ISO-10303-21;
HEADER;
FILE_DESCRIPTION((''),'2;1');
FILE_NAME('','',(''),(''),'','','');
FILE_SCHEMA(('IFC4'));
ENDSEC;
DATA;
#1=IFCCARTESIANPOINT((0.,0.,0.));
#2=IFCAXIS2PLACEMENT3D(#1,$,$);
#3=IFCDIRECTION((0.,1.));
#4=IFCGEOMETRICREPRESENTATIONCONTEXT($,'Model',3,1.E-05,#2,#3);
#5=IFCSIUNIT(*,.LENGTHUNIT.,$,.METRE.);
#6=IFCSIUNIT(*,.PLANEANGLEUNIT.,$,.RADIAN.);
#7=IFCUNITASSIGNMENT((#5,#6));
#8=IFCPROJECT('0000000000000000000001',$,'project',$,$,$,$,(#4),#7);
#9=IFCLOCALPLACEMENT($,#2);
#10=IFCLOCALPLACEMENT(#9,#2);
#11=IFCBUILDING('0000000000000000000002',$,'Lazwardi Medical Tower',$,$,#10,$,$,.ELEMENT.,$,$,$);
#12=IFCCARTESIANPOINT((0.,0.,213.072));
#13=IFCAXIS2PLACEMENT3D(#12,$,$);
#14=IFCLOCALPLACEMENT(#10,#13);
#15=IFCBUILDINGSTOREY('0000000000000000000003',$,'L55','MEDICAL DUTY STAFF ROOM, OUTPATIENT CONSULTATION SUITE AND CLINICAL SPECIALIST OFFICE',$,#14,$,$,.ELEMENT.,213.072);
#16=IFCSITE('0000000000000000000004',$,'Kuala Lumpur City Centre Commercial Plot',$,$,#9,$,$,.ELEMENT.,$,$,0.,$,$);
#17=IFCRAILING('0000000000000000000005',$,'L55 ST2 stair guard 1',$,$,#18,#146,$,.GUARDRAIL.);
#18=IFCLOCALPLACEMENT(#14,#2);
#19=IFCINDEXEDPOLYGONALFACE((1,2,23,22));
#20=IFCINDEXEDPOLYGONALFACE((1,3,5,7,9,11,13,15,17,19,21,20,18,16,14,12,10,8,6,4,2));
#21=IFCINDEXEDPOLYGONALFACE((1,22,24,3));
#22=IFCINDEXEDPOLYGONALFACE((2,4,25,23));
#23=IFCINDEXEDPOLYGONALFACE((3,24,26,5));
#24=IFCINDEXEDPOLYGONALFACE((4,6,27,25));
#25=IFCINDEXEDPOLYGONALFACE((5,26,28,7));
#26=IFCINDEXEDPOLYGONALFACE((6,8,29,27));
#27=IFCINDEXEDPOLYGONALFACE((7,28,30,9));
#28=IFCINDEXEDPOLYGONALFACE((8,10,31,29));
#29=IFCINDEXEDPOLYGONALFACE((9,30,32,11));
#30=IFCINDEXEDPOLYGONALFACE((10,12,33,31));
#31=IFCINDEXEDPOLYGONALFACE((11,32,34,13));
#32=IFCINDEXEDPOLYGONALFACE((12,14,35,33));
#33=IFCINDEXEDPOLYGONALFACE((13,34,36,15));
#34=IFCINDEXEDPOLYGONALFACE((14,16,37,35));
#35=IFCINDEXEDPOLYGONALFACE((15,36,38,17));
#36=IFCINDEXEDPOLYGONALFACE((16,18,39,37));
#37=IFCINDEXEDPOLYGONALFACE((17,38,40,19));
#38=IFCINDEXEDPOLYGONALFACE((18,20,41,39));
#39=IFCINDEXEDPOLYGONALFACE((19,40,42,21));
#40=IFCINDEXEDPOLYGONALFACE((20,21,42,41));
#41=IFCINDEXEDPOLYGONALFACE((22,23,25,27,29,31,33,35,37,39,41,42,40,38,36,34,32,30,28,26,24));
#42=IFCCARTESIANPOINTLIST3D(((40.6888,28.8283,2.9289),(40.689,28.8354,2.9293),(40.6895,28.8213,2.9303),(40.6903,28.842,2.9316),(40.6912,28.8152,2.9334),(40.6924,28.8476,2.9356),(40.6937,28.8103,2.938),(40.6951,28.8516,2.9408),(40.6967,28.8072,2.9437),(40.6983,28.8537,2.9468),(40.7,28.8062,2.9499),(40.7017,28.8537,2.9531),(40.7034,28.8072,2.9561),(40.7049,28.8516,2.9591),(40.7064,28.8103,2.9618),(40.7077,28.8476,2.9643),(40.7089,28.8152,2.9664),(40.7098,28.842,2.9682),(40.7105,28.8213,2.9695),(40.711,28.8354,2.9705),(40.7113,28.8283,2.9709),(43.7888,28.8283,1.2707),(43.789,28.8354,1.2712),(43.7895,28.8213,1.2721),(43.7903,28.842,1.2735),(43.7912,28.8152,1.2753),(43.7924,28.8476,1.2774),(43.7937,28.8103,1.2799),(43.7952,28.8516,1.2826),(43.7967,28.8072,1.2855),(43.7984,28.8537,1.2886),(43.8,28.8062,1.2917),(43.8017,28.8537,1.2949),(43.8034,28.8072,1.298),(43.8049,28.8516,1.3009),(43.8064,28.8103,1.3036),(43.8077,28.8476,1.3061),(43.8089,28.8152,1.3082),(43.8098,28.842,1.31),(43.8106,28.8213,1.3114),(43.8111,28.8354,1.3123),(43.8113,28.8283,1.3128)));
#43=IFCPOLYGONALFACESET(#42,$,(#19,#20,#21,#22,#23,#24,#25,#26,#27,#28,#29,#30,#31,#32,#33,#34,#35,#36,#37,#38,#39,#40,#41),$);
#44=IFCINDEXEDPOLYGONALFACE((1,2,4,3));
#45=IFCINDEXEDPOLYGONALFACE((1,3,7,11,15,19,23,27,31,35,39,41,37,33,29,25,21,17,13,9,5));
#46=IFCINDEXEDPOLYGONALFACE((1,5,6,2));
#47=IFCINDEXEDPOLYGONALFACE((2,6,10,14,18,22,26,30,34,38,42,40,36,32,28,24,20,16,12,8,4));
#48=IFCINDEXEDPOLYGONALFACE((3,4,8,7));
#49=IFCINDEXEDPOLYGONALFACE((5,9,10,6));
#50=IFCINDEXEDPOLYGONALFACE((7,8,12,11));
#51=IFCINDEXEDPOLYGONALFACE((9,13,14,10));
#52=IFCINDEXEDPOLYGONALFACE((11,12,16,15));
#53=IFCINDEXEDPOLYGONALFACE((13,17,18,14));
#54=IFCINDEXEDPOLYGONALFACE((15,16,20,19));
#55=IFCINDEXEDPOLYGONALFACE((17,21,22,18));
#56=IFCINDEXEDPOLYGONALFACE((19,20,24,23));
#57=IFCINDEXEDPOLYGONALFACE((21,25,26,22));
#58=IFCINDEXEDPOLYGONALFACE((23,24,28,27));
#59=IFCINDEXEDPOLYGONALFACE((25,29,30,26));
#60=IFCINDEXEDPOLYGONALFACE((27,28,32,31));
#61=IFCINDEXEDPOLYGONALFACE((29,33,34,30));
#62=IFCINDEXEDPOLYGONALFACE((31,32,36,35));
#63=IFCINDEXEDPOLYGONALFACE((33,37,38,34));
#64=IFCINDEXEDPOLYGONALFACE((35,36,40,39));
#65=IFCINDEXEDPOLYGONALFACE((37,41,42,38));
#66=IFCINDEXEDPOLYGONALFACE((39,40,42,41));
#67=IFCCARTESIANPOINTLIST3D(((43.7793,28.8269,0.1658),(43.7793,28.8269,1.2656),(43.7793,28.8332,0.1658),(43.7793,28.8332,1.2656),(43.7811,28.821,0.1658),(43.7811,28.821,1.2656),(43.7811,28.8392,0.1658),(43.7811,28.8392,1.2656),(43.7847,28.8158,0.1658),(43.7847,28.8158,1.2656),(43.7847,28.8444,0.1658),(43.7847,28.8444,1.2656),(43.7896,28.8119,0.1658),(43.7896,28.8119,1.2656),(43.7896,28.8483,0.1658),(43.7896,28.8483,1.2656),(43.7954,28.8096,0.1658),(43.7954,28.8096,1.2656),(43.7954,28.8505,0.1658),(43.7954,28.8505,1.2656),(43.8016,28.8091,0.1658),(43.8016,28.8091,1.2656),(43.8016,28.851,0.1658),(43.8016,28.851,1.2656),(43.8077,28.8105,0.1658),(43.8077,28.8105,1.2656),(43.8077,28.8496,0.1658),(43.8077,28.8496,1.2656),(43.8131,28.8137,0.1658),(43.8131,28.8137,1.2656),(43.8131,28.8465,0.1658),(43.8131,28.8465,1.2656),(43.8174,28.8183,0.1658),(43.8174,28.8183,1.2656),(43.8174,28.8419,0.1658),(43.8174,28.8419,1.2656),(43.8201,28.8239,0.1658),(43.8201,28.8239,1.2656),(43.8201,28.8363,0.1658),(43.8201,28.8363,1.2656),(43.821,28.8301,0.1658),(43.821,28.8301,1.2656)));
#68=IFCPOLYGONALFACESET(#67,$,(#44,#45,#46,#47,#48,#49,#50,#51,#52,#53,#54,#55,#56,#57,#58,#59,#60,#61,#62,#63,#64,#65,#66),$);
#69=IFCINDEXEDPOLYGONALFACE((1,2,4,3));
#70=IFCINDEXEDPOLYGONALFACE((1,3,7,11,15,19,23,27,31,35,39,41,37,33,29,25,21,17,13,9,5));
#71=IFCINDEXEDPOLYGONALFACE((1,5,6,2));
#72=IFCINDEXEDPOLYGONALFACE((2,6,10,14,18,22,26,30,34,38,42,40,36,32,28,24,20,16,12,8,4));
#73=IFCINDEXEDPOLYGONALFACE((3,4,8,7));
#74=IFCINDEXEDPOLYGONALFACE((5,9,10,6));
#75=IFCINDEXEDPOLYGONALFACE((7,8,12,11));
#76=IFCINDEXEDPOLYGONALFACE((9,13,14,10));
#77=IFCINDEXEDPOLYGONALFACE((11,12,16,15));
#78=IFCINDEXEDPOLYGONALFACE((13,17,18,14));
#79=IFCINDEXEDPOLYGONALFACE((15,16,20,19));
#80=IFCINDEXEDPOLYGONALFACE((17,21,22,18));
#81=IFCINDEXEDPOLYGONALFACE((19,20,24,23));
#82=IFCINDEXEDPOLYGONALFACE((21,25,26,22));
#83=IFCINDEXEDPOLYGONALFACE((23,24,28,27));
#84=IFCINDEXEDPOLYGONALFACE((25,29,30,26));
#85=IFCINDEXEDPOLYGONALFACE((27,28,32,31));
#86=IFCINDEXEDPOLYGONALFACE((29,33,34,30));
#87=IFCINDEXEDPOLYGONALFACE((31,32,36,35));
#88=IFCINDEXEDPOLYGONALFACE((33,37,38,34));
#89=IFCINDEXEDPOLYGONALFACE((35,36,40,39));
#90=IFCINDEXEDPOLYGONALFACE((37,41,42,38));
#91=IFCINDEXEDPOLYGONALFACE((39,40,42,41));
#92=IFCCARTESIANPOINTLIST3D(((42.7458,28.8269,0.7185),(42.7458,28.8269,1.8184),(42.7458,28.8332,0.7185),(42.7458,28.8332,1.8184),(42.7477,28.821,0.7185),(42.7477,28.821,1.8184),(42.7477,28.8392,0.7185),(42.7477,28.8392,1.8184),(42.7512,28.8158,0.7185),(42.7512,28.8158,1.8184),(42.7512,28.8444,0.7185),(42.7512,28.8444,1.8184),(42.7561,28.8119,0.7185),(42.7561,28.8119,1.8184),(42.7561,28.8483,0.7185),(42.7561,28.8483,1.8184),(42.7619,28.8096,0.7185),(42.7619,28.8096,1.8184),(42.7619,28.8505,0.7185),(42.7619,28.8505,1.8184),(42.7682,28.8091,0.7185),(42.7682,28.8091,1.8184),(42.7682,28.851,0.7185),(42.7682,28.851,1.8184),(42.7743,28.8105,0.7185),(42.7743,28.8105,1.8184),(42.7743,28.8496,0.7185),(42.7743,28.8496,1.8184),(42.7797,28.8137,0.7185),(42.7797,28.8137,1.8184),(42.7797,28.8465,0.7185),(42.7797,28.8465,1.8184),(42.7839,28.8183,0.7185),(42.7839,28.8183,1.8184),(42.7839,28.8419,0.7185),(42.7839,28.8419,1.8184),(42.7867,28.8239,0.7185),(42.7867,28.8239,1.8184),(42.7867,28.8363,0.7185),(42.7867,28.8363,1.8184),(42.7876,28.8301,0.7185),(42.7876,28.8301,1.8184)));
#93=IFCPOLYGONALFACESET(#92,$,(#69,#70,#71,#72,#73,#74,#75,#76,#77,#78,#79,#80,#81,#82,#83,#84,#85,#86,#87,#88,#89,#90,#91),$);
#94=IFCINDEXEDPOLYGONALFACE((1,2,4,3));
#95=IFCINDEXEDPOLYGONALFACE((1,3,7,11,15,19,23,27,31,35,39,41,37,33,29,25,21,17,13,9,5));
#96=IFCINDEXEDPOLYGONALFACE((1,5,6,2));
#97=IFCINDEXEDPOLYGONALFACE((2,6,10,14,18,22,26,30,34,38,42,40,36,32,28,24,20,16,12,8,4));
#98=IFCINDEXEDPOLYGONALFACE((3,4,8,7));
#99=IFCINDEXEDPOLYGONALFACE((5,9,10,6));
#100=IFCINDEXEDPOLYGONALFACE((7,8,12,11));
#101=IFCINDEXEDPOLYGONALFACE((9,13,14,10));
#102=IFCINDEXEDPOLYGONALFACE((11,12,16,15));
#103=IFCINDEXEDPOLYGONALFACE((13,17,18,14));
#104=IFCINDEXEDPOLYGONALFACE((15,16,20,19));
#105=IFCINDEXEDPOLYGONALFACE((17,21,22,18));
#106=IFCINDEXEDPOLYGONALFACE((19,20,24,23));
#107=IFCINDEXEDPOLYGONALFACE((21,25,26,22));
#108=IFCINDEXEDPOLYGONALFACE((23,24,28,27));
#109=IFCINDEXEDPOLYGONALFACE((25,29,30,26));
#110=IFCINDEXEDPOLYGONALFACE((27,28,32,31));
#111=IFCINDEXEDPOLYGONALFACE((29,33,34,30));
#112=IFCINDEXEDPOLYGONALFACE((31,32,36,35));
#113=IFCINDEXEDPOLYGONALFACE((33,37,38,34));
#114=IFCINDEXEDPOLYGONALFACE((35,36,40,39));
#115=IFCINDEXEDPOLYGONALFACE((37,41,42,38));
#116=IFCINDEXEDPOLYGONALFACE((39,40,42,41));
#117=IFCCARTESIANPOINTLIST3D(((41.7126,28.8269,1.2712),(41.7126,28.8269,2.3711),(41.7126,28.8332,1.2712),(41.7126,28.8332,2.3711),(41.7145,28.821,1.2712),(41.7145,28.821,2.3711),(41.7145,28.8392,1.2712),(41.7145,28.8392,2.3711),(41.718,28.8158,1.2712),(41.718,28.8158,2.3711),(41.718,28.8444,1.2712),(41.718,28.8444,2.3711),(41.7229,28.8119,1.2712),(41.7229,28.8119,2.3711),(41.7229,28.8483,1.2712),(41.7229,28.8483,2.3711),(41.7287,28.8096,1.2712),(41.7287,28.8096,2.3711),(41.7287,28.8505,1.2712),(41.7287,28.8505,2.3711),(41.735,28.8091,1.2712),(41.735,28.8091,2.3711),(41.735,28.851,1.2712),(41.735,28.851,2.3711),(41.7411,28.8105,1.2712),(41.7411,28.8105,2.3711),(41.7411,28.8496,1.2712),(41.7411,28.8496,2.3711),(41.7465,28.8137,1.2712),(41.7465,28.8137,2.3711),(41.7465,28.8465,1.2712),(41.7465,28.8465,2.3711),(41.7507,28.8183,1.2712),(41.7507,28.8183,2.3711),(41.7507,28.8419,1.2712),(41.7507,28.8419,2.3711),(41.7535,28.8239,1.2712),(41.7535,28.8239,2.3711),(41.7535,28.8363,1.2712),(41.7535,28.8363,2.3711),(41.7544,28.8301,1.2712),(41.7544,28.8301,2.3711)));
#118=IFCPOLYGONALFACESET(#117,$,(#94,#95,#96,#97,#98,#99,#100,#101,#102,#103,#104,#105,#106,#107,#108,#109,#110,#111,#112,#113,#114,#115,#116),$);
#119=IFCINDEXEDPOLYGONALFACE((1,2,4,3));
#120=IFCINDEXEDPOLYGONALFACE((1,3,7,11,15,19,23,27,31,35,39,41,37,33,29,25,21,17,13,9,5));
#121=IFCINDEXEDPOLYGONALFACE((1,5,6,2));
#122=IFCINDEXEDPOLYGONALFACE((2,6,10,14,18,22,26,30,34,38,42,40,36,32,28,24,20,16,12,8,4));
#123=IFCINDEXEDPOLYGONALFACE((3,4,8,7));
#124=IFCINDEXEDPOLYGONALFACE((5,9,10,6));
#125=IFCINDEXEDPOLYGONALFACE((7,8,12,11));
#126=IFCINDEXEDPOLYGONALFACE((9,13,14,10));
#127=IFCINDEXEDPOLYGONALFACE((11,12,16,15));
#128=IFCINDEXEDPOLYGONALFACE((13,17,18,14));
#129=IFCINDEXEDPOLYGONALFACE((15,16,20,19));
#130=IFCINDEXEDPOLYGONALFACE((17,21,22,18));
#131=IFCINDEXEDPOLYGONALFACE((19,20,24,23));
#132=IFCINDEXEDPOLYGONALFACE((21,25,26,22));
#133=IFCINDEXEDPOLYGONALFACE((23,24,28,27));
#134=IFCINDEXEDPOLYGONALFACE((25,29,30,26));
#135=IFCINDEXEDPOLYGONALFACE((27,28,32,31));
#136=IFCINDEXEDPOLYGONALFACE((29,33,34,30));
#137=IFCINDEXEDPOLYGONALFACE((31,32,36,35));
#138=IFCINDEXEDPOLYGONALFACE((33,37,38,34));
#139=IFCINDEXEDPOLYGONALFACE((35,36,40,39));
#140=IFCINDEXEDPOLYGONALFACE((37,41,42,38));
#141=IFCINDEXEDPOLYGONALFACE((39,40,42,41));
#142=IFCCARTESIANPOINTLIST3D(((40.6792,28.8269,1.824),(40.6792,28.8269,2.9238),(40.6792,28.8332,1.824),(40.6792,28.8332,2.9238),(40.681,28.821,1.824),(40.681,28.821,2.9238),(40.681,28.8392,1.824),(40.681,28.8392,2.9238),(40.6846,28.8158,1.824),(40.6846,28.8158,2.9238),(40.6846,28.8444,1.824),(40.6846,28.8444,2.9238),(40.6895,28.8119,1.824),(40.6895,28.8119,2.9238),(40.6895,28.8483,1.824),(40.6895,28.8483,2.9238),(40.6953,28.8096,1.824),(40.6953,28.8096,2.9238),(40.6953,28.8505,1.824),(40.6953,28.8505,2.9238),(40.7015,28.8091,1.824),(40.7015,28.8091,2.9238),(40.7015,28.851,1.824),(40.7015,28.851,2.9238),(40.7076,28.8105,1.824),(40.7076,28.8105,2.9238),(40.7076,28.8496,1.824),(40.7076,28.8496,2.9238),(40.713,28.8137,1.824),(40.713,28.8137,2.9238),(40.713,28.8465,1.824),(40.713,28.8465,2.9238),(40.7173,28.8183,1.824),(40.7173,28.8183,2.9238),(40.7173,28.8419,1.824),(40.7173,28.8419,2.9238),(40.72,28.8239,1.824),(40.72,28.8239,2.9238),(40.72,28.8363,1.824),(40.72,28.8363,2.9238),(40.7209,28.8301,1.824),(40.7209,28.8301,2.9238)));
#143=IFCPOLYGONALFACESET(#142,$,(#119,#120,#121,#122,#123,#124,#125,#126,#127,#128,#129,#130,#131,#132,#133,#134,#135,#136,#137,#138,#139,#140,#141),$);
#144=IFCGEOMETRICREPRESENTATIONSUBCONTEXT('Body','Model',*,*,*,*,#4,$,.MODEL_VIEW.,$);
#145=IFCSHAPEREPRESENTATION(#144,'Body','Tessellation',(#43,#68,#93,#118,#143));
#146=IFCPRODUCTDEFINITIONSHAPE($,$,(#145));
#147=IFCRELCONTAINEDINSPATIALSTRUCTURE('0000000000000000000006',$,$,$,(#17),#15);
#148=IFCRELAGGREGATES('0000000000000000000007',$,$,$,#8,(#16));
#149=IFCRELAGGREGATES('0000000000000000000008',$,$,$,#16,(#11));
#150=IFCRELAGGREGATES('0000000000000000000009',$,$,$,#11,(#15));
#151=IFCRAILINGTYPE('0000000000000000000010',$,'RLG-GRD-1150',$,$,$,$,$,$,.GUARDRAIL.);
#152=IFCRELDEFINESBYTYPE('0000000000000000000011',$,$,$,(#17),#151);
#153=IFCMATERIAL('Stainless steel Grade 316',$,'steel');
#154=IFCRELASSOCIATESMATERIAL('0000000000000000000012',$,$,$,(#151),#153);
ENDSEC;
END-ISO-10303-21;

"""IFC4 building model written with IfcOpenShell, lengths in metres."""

from ifc_helpers import new_model, si_unit, direction, frame, origin, origin_2d, place, context, subcontext, project, spatial, circle, extrude, material, type_object, element, save


model = new_model("IFC4")

# Units and contexts
model_context = context("Model", 3, precision=1e-05, world=origin(), true_north=direction((0.0, 1.0)))
body_context = subcontext(model_context, "Body", "Model", "MODEL_VIEW")
ifc_project = project(units=[si_unit("LENGTHUNIT", "METRE"), si_unit("PLANEANGLEUNIT", "RADIAN")], contexts=[model_context])

# Site, building, storey
site_placement = place(None, origin())
site = spatial("IfcSite", under=ifc_project, at=site_placement, Name="Kuala Lumpur City Centre Commercial Plot", CompositionType="ELEMENT", RefElevation=0.0)
building_placement = place(site_placement, origin())
building = spatial("IfcBuilding", under=site, at=building_placement, Name="Lazwardi Medical Tower", CompositionType="ELEMENT")
storey_placement = place(building_placement, frame((0.0, 0.0, 213.072)))
storey = spatial("IfcBuildingStorey", under=building, at=storey_placement, Name="L55", Description="MEDICAL DUTY STAFF ROOM, OUTPATIENT CONSULTATION SUITE AND CLINICAL SPECIALIST OFFICE", CompositionType="ELEMENT", Elevation=213.072)

# Railing
ifc_material_1 = material(Name="Stainless steel Grade 316", Category="steel")
railing_type_1 = type_object("IfcRailingType", Name="RLG-GRD-1150", PredefinedType="GUARDRAIL", material=ifc_material_1)
railing_1_placement = place(storey_placement, frame((43.8, 28.8301, 0.1658)))
element("IfcRailing", 1, at=railing_1_placement, inside=storey, type_object=railing_type_1, Name="L55 ST2 stair guard 1", PredefinedType="GUARDRAIL", context=body_context, shape_type="SweptSolid", body=[
    extrude(circle(Radius=0.0239, at=origin_2d()), frame((0.0, 0.0, 1.126), z_axis=(-0.881783, 0.0, 0.471655), x_axis=(0.0, -1.0, 0.0)), (0.0, 0.0, 1.0), 3.5156),
    extrude(circle(Radius=0.021, at=origin_2d()), origin(), (0.0, 0.0, 1.0), 1.0999),
    extrude(circle(Radius=0.021, at=origin_2d()), frame((-1.0334, 0.0, 0.5527)), (0.0, 0.0, 1.0), 1.0999),
    extrude(circle(Radius=0.021, at=origin_2d()), frame((-2.0667, 0.0, 1.1055)), (0.0, 0.0, 1.0), 1.0999),
    extrude(circle(Radius=0.021, at=origin_2d()), frame((-3.1001, 0.0, 1.6582)), (0.0, 0.0, 1.0), 1.0999),
])

save(model, "model.ifc")
